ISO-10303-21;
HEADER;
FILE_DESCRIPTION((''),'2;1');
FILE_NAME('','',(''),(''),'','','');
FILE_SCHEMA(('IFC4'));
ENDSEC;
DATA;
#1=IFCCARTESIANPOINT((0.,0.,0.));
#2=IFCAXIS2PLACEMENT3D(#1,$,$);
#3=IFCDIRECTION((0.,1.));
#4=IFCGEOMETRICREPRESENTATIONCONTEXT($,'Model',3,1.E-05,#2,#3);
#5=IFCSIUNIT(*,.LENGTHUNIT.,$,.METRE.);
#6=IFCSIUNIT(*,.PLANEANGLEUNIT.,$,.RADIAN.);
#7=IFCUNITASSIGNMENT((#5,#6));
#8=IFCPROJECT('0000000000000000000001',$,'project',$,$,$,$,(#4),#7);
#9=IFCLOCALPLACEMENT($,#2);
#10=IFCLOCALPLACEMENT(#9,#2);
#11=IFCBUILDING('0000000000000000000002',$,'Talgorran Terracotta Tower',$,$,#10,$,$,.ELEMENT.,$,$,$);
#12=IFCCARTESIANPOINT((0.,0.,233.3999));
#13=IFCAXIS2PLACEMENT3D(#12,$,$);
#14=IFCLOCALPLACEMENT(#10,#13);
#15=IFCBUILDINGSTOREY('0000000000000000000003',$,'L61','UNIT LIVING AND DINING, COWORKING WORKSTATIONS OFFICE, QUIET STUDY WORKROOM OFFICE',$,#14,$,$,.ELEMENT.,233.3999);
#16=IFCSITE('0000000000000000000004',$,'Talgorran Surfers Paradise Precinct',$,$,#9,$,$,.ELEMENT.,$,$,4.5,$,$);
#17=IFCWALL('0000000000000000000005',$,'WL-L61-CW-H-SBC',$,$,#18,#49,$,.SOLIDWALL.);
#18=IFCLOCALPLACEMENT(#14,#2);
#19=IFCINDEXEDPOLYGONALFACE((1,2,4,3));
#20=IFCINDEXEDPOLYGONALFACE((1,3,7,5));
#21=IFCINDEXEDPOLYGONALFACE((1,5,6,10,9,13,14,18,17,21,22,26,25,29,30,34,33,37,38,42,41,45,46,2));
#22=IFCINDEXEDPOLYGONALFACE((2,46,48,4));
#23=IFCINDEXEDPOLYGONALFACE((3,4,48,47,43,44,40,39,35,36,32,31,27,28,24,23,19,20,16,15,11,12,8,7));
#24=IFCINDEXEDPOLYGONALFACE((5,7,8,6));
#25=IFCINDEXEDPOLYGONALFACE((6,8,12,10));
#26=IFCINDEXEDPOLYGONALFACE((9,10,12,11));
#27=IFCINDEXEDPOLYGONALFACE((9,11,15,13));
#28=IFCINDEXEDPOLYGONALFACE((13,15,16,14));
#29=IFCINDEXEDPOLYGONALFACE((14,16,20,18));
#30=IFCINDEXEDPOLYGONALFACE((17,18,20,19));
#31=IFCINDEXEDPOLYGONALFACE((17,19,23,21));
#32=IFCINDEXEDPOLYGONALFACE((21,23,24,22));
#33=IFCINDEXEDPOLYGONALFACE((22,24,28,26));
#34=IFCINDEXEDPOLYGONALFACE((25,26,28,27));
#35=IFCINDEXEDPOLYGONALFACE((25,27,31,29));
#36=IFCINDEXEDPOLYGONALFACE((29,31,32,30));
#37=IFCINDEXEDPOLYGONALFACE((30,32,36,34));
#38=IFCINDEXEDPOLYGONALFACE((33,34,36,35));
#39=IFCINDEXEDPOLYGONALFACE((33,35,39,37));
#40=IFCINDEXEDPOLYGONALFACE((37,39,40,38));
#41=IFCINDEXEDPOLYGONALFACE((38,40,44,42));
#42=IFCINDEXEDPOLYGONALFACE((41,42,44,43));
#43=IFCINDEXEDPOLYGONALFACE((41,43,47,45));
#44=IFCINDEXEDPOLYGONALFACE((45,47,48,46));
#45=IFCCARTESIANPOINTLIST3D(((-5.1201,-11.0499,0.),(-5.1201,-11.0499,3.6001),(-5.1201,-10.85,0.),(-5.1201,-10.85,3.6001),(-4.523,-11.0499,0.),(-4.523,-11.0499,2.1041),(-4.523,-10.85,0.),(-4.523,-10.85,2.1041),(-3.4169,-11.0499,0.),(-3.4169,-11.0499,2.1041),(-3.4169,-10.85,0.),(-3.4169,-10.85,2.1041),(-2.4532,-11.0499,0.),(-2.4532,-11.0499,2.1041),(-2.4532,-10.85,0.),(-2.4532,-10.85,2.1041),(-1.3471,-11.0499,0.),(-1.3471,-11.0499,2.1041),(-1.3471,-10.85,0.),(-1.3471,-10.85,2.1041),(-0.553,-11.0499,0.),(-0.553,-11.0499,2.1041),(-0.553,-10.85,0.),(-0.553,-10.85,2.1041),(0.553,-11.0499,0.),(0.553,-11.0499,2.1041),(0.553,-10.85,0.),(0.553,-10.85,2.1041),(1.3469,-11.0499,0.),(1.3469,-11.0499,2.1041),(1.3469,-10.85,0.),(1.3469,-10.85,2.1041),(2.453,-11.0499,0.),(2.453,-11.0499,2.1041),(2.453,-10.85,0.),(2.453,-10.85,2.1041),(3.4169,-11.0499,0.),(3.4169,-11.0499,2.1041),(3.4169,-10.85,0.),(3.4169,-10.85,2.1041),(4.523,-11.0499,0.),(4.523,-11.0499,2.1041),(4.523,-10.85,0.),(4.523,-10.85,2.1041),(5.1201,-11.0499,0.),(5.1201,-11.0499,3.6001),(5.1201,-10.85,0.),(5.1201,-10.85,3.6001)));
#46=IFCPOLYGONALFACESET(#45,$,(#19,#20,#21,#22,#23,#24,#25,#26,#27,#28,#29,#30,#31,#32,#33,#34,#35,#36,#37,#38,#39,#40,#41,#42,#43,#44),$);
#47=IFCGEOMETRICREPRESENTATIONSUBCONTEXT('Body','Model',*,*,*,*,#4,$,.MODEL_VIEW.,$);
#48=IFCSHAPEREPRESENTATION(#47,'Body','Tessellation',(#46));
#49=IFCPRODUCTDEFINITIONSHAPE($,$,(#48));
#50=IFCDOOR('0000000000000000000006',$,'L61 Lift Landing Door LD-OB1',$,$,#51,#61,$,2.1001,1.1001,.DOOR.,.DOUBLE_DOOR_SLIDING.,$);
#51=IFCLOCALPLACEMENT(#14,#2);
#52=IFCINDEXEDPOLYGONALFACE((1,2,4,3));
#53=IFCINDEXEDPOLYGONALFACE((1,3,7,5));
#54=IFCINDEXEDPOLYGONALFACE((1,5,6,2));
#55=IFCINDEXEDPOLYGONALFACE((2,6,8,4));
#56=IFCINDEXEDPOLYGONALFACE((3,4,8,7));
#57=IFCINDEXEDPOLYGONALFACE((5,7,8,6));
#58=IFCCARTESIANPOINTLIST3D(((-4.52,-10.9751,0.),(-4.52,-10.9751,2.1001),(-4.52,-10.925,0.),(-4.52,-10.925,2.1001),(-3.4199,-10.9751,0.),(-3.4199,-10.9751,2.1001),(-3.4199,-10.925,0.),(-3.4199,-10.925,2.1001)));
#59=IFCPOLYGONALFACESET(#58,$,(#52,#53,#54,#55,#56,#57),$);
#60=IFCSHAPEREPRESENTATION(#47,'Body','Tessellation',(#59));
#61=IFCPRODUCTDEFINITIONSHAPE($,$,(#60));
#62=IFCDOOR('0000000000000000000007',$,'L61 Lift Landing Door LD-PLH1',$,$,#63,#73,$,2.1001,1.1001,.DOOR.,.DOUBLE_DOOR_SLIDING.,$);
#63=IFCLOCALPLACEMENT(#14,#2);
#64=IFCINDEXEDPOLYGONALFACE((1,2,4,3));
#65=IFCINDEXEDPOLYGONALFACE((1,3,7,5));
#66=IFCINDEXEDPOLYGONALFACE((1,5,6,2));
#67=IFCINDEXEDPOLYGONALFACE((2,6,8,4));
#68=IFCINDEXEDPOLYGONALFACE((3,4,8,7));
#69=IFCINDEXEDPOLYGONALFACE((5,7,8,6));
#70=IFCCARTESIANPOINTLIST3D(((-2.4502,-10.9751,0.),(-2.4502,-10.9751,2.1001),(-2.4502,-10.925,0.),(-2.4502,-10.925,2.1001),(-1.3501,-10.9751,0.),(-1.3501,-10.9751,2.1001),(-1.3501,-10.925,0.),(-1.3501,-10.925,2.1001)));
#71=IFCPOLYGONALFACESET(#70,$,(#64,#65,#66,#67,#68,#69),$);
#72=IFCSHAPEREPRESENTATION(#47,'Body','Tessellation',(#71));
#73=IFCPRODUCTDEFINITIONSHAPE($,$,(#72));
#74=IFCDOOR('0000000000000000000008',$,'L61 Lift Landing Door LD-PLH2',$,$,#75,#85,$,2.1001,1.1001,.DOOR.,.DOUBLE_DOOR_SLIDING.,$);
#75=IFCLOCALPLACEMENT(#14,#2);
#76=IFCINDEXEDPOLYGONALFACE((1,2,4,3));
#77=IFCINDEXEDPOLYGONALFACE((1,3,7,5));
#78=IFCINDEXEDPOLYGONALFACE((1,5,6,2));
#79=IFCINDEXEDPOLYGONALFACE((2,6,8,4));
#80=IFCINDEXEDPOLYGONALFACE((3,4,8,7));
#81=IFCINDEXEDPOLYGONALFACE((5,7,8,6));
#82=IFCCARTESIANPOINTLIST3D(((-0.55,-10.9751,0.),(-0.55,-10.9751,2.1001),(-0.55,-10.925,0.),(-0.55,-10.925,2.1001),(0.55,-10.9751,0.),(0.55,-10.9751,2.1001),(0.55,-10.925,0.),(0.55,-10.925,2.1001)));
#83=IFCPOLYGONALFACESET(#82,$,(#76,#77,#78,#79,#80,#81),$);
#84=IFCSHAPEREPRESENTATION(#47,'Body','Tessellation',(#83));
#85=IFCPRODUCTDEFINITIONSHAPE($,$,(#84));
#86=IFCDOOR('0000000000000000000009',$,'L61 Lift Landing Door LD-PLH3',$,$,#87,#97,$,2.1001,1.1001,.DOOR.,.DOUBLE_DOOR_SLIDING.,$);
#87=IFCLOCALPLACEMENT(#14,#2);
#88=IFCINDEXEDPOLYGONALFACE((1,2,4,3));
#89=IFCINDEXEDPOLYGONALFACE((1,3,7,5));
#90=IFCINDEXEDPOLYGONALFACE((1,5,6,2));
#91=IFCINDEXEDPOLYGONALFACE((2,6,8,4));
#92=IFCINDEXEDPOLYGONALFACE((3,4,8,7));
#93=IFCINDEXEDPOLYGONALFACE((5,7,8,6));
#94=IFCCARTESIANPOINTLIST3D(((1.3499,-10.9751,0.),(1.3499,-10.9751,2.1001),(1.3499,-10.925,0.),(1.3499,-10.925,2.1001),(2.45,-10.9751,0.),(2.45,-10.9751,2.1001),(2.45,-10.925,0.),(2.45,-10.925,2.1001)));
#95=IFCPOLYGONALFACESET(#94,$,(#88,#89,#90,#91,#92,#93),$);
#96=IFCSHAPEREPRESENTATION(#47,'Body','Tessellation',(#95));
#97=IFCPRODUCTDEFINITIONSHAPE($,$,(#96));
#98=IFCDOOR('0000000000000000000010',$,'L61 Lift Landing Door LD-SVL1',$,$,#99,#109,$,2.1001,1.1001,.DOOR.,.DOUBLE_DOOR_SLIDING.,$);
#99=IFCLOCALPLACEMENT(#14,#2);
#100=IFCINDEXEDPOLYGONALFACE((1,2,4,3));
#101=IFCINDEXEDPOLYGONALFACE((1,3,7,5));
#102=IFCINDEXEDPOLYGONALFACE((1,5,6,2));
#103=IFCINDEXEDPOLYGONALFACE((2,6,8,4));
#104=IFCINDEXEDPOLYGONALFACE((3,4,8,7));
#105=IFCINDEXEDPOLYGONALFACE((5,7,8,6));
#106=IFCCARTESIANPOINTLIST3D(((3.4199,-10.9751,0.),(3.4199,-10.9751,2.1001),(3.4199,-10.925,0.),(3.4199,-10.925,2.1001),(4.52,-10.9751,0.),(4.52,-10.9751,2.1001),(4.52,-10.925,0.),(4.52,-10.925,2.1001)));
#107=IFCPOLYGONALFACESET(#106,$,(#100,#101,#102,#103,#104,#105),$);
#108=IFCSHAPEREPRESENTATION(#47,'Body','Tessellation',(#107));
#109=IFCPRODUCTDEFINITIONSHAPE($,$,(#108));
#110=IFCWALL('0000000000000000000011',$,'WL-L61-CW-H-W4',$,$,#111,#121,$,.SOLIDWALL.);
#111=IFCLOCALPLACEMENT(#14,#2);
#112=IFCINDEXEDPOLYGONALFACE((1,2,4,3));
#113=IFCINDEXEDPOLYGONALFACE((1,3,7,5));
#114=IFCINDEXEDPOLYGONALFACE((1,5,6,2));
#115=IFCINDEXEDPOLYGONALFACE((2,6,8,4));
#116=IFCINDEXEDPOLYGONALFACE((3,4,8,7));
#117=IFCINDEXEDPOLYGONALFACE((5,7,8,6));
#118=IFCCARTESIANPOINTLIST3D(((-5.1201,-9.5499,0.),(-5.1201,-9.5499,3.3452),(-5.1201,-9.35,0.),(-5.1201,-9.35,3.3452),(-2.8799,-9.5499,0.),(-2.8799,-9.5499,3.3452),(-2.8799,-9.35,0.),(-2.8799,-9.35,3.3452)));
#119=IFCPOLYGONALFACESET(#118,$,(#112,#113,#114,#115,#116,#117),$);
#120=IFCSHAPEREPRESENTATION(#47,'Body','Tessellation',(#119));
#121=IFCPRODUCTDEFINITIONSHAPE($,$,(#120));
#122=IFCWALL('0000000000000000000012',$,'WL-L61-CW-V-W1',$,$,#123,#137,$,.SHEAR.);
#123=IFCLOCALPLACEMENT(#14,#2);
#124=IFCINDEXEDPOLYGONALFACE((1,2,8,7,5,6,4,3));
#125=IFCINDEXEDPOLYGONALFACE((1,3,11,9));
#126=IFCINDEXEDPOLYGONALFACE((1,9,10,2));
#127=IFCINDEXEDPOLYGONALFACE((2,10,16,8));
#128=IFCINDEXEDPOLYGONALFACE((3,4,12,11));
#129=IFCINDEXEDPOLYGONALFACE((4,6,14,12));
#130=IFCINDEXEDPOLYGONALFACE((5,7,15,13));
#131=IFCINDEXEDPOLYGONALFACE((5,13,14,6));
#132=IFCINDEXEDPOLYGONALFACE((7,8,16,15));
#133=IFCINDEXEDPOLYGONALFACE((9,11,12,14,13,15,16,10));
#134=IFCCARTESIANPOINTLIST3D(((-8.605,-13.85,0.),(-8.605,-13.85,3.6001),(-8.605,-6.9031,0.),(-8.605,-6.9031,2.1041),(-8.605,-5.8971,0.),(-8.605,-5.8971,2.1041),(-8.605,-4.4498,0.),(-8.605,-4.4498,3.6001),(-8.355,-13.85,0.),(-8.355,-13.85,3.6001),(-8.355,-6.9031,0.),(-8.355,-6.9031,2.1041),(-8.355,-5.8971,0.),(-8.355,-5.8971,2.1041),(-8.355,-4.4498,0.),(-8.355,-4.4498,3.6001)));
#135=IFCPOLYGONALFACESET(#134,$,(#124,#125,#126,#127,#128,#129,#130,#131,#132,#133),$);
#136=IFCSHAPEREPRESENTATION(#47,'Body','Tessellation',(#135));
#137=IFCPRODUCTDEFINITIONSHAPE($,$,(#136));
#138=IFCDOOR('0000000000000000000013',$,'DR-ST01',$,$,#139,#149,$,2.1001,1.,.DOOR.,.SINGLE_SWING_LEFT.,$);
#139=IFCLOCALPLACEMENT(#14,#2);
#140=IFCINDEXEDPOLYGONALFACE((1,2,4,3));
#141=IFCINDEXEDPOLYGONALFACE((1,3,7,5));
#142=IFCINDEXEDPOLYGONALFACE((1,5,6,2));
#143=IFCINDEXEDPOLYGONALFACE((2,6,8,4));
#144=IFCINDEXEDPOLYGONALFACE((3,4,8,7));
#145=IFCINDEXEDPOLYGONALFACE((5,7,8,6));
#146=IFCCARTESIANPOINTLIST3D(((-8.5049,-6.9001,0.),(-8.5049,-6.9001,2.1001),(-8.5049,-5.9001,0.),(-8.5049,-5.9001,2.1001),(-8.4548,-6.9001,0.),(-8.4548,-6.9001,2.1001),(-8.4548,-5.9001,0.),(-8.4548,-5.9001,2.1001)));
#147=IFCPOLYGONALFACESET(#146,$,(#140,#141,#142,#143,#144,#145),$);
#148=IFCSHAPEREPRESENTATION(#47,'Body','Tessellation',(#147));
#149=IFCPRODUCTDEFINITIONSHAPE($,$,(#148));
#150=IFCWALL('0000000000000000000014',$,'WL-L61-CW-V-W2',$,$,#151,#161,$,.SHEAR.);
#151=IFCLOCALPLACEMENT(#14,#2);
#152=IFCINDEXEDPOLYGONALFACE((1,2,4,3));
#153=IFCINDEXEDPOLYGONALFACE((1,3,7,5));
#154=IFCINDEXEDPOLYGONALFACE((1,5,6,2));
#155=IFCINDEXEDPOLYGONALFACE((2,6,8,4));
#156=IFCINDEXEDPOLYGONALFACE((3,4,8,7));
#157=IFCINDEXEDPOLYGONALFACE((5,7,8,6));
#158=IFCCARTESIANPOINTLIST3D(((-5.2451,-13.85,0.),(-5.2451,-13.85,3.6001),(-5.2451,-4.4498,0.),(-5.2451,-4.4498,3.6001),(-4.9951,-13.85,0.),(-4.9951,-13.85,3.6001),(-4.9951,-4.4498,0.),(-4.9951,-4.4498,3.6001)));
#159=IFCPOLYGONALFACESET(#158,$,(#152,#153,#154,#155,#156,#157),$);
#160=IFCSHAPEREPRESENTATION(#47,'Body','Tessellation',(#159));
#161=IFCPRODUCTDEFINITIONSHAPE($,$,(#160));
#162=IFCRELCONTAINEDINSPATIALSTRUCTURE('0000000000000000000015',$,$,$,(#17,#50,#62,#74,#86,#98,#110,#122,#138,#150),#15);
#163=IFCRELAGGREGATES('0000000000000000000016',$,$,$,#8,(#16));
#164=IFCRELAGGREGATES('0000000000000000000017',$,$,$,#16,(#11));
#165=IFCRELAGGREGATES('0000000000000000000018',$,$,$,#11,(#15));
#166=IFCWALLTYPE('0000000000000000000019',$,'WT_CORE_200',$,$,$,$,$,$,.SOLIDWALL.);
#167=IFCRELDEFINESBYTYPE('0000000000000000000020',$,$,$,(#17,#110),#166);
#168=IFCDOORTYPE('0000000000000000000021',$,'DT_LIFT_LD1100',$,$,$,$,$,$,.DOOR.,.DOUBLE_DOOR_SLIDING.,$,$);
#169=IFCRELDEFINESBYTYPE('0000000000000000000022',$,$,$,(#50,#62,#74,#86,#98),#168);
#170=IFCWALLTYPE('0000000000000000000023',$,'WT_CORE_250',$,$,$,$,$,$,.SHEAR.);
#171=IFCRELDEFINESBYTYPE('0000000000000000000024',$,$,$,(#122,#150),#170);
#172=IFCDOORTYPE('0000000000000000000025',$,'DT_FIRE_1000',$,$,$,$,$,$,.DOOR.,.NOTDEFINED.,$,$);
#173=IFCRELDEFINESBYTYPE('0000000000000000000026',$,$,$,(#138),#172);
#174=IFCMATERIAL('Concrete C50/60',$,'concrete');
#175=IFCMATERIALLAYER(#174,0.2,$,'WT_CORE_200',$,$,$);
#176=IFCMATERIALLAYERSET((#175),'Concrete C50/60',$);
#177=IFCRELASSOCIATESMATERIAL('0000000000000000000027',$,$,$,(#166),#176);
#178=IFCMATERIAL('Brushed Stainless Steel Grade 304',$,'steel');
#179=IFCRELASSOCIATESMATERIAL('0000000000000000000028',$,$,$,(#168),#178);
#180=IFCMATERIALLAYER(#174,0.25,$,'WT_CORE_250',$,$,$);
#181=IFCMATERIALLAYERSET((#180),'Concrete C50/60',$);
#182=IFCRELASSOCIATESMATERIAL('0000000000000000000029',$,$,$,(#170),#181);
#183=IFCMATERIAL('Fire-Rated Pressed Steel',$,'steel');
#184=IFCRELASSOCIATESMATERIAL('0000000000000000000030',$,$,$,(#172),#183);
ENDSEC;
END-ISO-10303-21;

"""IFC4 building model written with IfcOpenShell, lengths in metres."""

from ifc_helpers import new_model, si_unit, direction, frame, frame_2d, origin, place, context, subcontext, project, spatial, rectangle, extrude, material, layer, layer_set, type_object, element, fill, save


model = new_model("IFC4")

# Units and contexts
model_context = context("Model", 3, precision=1e-05, world=origin(), true_north=direction((0.0, 1.0)))
body_context = subcontext(model_context, "Body", "Model", "MODEL_VIEW")
ifc_project = project(units=[si_unit("LENGTHUNIT", "METRE"), si_unit("PLANEANGLEUNIT", "RADIAN")], contexts=[model_context])

# Site, building, storey
site_placement = place(None, origin())
site = spatial("IfcSite", under=ifc_project, at=site_placement, Name="Talgorran Surfers Paradise Precinct", CompositionType="ELEMENT", RefElevation=4.5)
building_placement = place(site_placement, origin())
building = spatial("IfcBuilding", under=site, at=building_placement, Name="Talgorran Terracotta Tower", CompositionType="ELEMENT")
storey_placement = place(building_placement, frame((0.0, 0.0, 233.3999)))
storey = spatial("IfcBuildingStorey", under=building, at=storey_placement, Name="L61", Description="UNIT LIVING AND DINING, COWORKING WORKSTATIONS OFFICE, QUIET STUDY WORKROOM OFFICE", CompositionType="ELEMENT", Elevation=233.3999)

# Shared definitions
ifc_material_1 = material(Name="Concrete C50/60", Category="concrete")

# Wall, openings, doors
ifc_layer_1 = layer(ifc_material_1, 0.2, Name="WT_CORE_200")
ifc_layer_set_1 = layer_set([ifc_layer_1], Name="Concrete C50/60")
wall_type_1 = type_object("IfcWallType", Name="WT_CORE_200", PredefinedType="SOLIDWALL", material=ifc_layer_set_1)
ifc_material_2 = material(Name="Brushed Stainless Steel Grade 304", Category="steel")
door_type_1 = type_object("IfcDoorType", Name="DT_LIFT_LD1100", OperationType="DOUBLE_DOOR_SLIDING", PredefinedType="DOOR", material=ifc_material_2)
ifc_material_3 = material(Name="Fire-Rated Pressed Steel", Category="steel")
wall_1_placement = place(storey_placement, frame((-5.1201, -10.95, 0.0), z_axis=(0.0, 0.0, 1.0), x_axis=(1.0, 0.0, 0.0)))
wall_1 = element("IfcWall", 1, at=wall_1_placement, inside=storey, type_object=wall_type_1, Name="WL-L61-CW-H-SBC", PredefinedType="SOLIDWALL", context=body_context, shape_type="SweptSolid", body=[
    extrude(rectangle(XDim=10.2402, YDim=0.2, at=frame_2d((5.1201, 0.0))), origin(), (0.0, 0.0, 1.0), 3.6001),
])
opening_1_placement = place(wall_1_placement, frame((0.6001, 0.0, 0.0)))
opening_1 = element("IfcOpeningElement", 2, at=opening_1_placement, cuts=wall_1, PredefinedType="OPENING", context=body_context, shape_type="SweptSolid", body=[
    extrude(rectangle(XDim=1.1061, YDim=2.1041, at=frame_2d((0.55, 1.052))), frame((0.0, 0.1099, 0.0), z_axis=(0.0, -1.0, 0.0), x_axis=(1.0, 0.0, 0.0)), (0.0, 0.0, 1.0), 0.22),
])
opening_2_placement = place(wall_1_placement, frame((2.6699, 0.0, 0.0)))
opening_2 = element("IfcOpeningElement", 3, at=opening_2_placement, cuts=wall_1, PredefinedType="OPENING", context=body_context, shape_type="SweptSolid", body=[
    extrude(rectangle(XDim=1.1061, YDim=2.1041, at=frame_2d((0.55, 1.052))), frame((0.0, 0.1099, 0.0), z_axis=(0.0, -1.0, 0.0), x_axis=(1.0, 0.0, 0.0)), (0.0, 0.0, 1.0), 0.22),
])
opening_3_placement = place(wall_1_placement, frame((4.5701, 0.0, 0.0)))
opening_3 = element("IfcOpeningElement", 4, at=opening_3_placement, cuts=wall_1, PredefinedType="OPENING", context=body_context, shape_type="SweptSolid", body=[
    extrude(rectangle(XDim=1.1061, YDim=2.1041, at=frame_2d((0.55, 1.052))), frame((0.0, 0.1099, 0.0), z_axis=(0.0, -1.0, 0.0), x_axis=(1.0, 0.0, 0.0)), (0.0, 0.0, 1.0), 0.22),
])
opening_4_placement = place(wall_1_placement, frame((6.47, 0.0, 0.0)))
opening_4 = element("IfcOpeningElement", 5, at=opening_4_placement, cuts=wall_1, PredefinedType="OPENING", context=body_context, shape_type="SweptSolid", body=[
    extrude(rectangle(XDim=1.1061, YDim=2.1041, at=frame_2d((0.55, 1.052))), frame((0.0, 0.1099, 0.0), z_axis=(0.0, -1.0, 0.0), x_axis=(1.0, 0.0, 0.0)), (0.0, 0.0, 1.0), 0.22),
])
opening_5_placement = place(wall_1_placement, frame((8.54, 0.0, 0.0)))
opening_5 = element("IfcOpeningElement", 6, at=opening_5_placement, cuts=wall_1, PredefinedType="OPENING", context=body_context, shape_type="SweptSolid", body=[
    extrude(rectangle(XDim=1.1061, YDim=2.1041, at=frame_2d((0.55, 1.052))), frame((0.0, 0.1099, 0.0), z_axis=(0.0, -1.0, 0.0), x_axis=(1.0, 0.0, 0.0)), (0.0, 0.0, 1.0), 0.22),
])
door_1_placement = place(opening_1_placement, origin())
door_1 = element("IfcDoor", 7, at=door_1_placement, inside=storey, type_object=door_type_1, Name="L61 Lift Landing Door LD-OB1", OperationType="DOUBLE_DOOR_SLIDING", OverallHeight=2.1001, OverallWidth=1.1001, PredefinedType="DOOR", context=body_context, shape_type="SweptSolid", body=[
    extrude(rectangle(XDim=1.1001, YDim=2.1001, at=frame_2d((0.55, 1.05))), frame((0.0, 0.0249, 0.0), z_axis=(0.0, -1.0, 0.0), x_axis=(1.0, 0.0, 0.0)), (0.0, 0.0, 1.0), 0.05),
])
fill(opening_1, door_1)
door_2_placement = place(opening_2_placement, origin())
door_2 = element("IfcDoor", 8, at=door_2_placement, inside=storey, type_object=door_type_1, Name="L61 Lift Landing Door LD-PLH1", OperationType="DOUBLE_DOOR_SLIDING", OverallHeight=2.1001, OverallWidth=1.1001, PredefinedType="DOOR", context=body_context, shape_type="SweptSolid", body=[
    extrude(rectangle(XDim=1.1001, YDim=2.1001, at=frame_2d((0.55, 1.05))), frame((0.0, 0.0249, 0.0), z_axis=(0.0, -1.0, 0.0), x_axis=(1.0, 0.0, 0.0)), (0.0, 0.0, 1.0), 0.05),
])
fill(opening_2, door_2)
door_3_placement = place(opening_3_placement, origin())
door_3 = element("IfcDoor", 9, at=door_3_placement, inside=storey, type_object=door_type_1, Name="L61 Lift Landing Door LD-PLH2", OperationType="DOUBLE_DOOR_SLIDING", OverallHeight=2.1001, OverallWidth=1.1001, PredefinedType="DOOR", context=body_context, shape_type="SweptSolid", body=[
    extrude(rectangle(XDim=1.1001, YDim=2.1001, at=frame_2d((0.55, 1.05))), frame((0.0, 0.0249, 0.0), z_axis=(0.0, -1.0, 0.0), x_axis=(1.0, 0.0, 0.0)), (0.0, 0.0, 1.0), 0.05),
])
fill(opening_3, door_3)
door_4_placement = place(opening_4_placement, origin())
door_4 = element("IfcDoor", 10, at=door_4_placement, inside=storey, type_object=door_type_1, Name="L61 Lift Landing Door LD-PLH3", OperationType="DOUBLE_DOOR_SLIDING", OverallHeight=2.1001, OverallWidth=1.1001, PredefinedType="DOOR", context=body_context, shape_type="SweptSolid", body=[
    extrude(rectangle(XDim=1.1001, YDim=2.1001, at=frame_2d((0.55, 1.05))), frame((0.0, 0.0249, 0.0), z_axis=(0.0, -1.0, 0.0), x_axis=(1.0, 0.0, 0.0)), (0.0, 0.0, 1.0), 0.05),
])
fill(opening_4, door_4)
door_5_placement = place(opening_5_placement, origin())
door_5 = element("IfcDoor", 11, at=door_5_placement, inside=storey, type_object=door_type_1, Name="L61 Lift Landing Door LD-SVL1", OperationType="DOUBLE_DOOR_SLIDING", OverallHeight=2.1001, OverallWidth=1.1001, PredefinedType="DOOR", context=body_context, shape_type="SweptSolid", body=[
    extrude(rectangle(XDim=1.1001, YDim=2.1001, at=frame_2d((0.55, 1.05))), frame((0.0, 0.0249, 0.0), z_axis=(0.0, -1.0, 0.0), x_axis=(1.0, 0.0, 0.0)), (0.0, 0.0, 1.0), 0.05),
])
fill(opening_5, door_5)

# Wall
wall_2_placement = place(storey_placement, frame((-5.1201, -9.45, 0.0), z_axis=(0.0, 0.0, 1.0), x_axis=(1.0, 0.0, 0.0)))
element("IfcWall", 12, at=wall_2_placement, inside=storey, type_object=wall_type_1, Name="WL-L61-CW-H-W4", PredefinedType="SOLIDWALL", context=body_context, shape_type="SweptSolid", body=[
    extrude(rectangle(XDim=2.2402, YDim=0.2, at=frame_2d((1.1201, 0.0))), origin(), (0.0, 0.0, 1.0), 3.3452),
])

# Wall, opening, door
ifc_layer_2 = layer(ifc_material_1, 0.25, Name="WT_CORE_250")
ifc_layer_set_2 = layer_set([ifc_layer_2], Name="Concrete C50/60")
wall_type_2 = type_object("IfcWallType", Name="WT_CORE_250", PredefinedType="SHEAR", material=ifc_layer_set_2)
wall_3_placement = place(storey_placement, frame((-8.48, -13.8501, 0.0), z_axis=(0.0, 0.0, 1.0), x_axis=(0.0, 1.0, 0.0)))
wall_3 = element("IfcWall", 13, at=wall_3_placement, inside=storey, type_object=wall_type_2, Name="WL-L61-CW-V-W1", PredefinedType="SHEAR", context=body_context, shape_type="SweptSolid", body=[
    extrude(rectangle(XDim=9.4001, YDim=0.25, at=frame_2d((4.7002, 0.0))), origin(), (0.0, 0.0, 1.0), 3.6001),
])
opening_6_placement = place(wall_3_placement, frame((6.95, 0.0, 0.0)))
opening_6 = element("IfcOpeningElement", 14, at=opening_6_placement, cuts=wall_3, PredefinedType="OPENING", context=body_context, shape_type="SweptSolid", body=[
    extrude(rectangle(XDim=1.006, YDim=2.1041, at=frame_2d((0.5, 1.052))), frame((0.0, 0.135, 0.0), z_axis=(0.0, -1.0, 0.0), x_axis=(1.0, 0.0, 0.0)), (0.0, 0.0, 1.0), 0.27),
])
door_type_2 = type_object("IfcDoorType", Name="DT_FIRE_1000", OperationType="NOTDEFINED", PredefinedType="DOOR", material=ifc_material_3)
door_6_placement = place(opening_6_placement, origin())
door_6 = element("IfcDoor", 15, at=door_6_placement, inside=storey, type_object=door_type_2, Name="DR-ST01", OperationType="SINGLE_SWING_LEFT", OverallHeight=2.1001, OverallWidth=1.0, PredefinedType="DOOR", context=body_context, shape_type="SweptSolid", body=[
    extrude(rectangle(XDim=1.0, YDim=2.1001, at=frame_2d((0.5, 1.05))), frame((0.0, 0.0249, 0.0), z_axis=(0.0, -1.0, 0.0), x_axis=(1.0, 0.0, 0.0)), (0.0, 0.0, 1.0), 0.05),
])
fill(opening_6, door_6)

# Wall
wall_4_placement = place(storey_placement, frame((-5.1201, -13.8501, 0.0), z_axis=(0.0, 0.0, 1.0), x_axis=(0.0, 1.0, 0.0)))
element("IfcWall", 16, at=wall_4_placement, inside=storey, type_object=wall_type_2, Name="WL-L61-CW-V-W2", PredefinedType="SHEAR", context=body_context, shape_type="SweptSolid", body=[
    extrude(rectangle(XDim=9.4001, YDim=0.25, at=frame_2d((4.7002, 0.0))), origin(), (0.0, 0.0, 1.0), 3.6001),
])

save(model, "model.ifc")
